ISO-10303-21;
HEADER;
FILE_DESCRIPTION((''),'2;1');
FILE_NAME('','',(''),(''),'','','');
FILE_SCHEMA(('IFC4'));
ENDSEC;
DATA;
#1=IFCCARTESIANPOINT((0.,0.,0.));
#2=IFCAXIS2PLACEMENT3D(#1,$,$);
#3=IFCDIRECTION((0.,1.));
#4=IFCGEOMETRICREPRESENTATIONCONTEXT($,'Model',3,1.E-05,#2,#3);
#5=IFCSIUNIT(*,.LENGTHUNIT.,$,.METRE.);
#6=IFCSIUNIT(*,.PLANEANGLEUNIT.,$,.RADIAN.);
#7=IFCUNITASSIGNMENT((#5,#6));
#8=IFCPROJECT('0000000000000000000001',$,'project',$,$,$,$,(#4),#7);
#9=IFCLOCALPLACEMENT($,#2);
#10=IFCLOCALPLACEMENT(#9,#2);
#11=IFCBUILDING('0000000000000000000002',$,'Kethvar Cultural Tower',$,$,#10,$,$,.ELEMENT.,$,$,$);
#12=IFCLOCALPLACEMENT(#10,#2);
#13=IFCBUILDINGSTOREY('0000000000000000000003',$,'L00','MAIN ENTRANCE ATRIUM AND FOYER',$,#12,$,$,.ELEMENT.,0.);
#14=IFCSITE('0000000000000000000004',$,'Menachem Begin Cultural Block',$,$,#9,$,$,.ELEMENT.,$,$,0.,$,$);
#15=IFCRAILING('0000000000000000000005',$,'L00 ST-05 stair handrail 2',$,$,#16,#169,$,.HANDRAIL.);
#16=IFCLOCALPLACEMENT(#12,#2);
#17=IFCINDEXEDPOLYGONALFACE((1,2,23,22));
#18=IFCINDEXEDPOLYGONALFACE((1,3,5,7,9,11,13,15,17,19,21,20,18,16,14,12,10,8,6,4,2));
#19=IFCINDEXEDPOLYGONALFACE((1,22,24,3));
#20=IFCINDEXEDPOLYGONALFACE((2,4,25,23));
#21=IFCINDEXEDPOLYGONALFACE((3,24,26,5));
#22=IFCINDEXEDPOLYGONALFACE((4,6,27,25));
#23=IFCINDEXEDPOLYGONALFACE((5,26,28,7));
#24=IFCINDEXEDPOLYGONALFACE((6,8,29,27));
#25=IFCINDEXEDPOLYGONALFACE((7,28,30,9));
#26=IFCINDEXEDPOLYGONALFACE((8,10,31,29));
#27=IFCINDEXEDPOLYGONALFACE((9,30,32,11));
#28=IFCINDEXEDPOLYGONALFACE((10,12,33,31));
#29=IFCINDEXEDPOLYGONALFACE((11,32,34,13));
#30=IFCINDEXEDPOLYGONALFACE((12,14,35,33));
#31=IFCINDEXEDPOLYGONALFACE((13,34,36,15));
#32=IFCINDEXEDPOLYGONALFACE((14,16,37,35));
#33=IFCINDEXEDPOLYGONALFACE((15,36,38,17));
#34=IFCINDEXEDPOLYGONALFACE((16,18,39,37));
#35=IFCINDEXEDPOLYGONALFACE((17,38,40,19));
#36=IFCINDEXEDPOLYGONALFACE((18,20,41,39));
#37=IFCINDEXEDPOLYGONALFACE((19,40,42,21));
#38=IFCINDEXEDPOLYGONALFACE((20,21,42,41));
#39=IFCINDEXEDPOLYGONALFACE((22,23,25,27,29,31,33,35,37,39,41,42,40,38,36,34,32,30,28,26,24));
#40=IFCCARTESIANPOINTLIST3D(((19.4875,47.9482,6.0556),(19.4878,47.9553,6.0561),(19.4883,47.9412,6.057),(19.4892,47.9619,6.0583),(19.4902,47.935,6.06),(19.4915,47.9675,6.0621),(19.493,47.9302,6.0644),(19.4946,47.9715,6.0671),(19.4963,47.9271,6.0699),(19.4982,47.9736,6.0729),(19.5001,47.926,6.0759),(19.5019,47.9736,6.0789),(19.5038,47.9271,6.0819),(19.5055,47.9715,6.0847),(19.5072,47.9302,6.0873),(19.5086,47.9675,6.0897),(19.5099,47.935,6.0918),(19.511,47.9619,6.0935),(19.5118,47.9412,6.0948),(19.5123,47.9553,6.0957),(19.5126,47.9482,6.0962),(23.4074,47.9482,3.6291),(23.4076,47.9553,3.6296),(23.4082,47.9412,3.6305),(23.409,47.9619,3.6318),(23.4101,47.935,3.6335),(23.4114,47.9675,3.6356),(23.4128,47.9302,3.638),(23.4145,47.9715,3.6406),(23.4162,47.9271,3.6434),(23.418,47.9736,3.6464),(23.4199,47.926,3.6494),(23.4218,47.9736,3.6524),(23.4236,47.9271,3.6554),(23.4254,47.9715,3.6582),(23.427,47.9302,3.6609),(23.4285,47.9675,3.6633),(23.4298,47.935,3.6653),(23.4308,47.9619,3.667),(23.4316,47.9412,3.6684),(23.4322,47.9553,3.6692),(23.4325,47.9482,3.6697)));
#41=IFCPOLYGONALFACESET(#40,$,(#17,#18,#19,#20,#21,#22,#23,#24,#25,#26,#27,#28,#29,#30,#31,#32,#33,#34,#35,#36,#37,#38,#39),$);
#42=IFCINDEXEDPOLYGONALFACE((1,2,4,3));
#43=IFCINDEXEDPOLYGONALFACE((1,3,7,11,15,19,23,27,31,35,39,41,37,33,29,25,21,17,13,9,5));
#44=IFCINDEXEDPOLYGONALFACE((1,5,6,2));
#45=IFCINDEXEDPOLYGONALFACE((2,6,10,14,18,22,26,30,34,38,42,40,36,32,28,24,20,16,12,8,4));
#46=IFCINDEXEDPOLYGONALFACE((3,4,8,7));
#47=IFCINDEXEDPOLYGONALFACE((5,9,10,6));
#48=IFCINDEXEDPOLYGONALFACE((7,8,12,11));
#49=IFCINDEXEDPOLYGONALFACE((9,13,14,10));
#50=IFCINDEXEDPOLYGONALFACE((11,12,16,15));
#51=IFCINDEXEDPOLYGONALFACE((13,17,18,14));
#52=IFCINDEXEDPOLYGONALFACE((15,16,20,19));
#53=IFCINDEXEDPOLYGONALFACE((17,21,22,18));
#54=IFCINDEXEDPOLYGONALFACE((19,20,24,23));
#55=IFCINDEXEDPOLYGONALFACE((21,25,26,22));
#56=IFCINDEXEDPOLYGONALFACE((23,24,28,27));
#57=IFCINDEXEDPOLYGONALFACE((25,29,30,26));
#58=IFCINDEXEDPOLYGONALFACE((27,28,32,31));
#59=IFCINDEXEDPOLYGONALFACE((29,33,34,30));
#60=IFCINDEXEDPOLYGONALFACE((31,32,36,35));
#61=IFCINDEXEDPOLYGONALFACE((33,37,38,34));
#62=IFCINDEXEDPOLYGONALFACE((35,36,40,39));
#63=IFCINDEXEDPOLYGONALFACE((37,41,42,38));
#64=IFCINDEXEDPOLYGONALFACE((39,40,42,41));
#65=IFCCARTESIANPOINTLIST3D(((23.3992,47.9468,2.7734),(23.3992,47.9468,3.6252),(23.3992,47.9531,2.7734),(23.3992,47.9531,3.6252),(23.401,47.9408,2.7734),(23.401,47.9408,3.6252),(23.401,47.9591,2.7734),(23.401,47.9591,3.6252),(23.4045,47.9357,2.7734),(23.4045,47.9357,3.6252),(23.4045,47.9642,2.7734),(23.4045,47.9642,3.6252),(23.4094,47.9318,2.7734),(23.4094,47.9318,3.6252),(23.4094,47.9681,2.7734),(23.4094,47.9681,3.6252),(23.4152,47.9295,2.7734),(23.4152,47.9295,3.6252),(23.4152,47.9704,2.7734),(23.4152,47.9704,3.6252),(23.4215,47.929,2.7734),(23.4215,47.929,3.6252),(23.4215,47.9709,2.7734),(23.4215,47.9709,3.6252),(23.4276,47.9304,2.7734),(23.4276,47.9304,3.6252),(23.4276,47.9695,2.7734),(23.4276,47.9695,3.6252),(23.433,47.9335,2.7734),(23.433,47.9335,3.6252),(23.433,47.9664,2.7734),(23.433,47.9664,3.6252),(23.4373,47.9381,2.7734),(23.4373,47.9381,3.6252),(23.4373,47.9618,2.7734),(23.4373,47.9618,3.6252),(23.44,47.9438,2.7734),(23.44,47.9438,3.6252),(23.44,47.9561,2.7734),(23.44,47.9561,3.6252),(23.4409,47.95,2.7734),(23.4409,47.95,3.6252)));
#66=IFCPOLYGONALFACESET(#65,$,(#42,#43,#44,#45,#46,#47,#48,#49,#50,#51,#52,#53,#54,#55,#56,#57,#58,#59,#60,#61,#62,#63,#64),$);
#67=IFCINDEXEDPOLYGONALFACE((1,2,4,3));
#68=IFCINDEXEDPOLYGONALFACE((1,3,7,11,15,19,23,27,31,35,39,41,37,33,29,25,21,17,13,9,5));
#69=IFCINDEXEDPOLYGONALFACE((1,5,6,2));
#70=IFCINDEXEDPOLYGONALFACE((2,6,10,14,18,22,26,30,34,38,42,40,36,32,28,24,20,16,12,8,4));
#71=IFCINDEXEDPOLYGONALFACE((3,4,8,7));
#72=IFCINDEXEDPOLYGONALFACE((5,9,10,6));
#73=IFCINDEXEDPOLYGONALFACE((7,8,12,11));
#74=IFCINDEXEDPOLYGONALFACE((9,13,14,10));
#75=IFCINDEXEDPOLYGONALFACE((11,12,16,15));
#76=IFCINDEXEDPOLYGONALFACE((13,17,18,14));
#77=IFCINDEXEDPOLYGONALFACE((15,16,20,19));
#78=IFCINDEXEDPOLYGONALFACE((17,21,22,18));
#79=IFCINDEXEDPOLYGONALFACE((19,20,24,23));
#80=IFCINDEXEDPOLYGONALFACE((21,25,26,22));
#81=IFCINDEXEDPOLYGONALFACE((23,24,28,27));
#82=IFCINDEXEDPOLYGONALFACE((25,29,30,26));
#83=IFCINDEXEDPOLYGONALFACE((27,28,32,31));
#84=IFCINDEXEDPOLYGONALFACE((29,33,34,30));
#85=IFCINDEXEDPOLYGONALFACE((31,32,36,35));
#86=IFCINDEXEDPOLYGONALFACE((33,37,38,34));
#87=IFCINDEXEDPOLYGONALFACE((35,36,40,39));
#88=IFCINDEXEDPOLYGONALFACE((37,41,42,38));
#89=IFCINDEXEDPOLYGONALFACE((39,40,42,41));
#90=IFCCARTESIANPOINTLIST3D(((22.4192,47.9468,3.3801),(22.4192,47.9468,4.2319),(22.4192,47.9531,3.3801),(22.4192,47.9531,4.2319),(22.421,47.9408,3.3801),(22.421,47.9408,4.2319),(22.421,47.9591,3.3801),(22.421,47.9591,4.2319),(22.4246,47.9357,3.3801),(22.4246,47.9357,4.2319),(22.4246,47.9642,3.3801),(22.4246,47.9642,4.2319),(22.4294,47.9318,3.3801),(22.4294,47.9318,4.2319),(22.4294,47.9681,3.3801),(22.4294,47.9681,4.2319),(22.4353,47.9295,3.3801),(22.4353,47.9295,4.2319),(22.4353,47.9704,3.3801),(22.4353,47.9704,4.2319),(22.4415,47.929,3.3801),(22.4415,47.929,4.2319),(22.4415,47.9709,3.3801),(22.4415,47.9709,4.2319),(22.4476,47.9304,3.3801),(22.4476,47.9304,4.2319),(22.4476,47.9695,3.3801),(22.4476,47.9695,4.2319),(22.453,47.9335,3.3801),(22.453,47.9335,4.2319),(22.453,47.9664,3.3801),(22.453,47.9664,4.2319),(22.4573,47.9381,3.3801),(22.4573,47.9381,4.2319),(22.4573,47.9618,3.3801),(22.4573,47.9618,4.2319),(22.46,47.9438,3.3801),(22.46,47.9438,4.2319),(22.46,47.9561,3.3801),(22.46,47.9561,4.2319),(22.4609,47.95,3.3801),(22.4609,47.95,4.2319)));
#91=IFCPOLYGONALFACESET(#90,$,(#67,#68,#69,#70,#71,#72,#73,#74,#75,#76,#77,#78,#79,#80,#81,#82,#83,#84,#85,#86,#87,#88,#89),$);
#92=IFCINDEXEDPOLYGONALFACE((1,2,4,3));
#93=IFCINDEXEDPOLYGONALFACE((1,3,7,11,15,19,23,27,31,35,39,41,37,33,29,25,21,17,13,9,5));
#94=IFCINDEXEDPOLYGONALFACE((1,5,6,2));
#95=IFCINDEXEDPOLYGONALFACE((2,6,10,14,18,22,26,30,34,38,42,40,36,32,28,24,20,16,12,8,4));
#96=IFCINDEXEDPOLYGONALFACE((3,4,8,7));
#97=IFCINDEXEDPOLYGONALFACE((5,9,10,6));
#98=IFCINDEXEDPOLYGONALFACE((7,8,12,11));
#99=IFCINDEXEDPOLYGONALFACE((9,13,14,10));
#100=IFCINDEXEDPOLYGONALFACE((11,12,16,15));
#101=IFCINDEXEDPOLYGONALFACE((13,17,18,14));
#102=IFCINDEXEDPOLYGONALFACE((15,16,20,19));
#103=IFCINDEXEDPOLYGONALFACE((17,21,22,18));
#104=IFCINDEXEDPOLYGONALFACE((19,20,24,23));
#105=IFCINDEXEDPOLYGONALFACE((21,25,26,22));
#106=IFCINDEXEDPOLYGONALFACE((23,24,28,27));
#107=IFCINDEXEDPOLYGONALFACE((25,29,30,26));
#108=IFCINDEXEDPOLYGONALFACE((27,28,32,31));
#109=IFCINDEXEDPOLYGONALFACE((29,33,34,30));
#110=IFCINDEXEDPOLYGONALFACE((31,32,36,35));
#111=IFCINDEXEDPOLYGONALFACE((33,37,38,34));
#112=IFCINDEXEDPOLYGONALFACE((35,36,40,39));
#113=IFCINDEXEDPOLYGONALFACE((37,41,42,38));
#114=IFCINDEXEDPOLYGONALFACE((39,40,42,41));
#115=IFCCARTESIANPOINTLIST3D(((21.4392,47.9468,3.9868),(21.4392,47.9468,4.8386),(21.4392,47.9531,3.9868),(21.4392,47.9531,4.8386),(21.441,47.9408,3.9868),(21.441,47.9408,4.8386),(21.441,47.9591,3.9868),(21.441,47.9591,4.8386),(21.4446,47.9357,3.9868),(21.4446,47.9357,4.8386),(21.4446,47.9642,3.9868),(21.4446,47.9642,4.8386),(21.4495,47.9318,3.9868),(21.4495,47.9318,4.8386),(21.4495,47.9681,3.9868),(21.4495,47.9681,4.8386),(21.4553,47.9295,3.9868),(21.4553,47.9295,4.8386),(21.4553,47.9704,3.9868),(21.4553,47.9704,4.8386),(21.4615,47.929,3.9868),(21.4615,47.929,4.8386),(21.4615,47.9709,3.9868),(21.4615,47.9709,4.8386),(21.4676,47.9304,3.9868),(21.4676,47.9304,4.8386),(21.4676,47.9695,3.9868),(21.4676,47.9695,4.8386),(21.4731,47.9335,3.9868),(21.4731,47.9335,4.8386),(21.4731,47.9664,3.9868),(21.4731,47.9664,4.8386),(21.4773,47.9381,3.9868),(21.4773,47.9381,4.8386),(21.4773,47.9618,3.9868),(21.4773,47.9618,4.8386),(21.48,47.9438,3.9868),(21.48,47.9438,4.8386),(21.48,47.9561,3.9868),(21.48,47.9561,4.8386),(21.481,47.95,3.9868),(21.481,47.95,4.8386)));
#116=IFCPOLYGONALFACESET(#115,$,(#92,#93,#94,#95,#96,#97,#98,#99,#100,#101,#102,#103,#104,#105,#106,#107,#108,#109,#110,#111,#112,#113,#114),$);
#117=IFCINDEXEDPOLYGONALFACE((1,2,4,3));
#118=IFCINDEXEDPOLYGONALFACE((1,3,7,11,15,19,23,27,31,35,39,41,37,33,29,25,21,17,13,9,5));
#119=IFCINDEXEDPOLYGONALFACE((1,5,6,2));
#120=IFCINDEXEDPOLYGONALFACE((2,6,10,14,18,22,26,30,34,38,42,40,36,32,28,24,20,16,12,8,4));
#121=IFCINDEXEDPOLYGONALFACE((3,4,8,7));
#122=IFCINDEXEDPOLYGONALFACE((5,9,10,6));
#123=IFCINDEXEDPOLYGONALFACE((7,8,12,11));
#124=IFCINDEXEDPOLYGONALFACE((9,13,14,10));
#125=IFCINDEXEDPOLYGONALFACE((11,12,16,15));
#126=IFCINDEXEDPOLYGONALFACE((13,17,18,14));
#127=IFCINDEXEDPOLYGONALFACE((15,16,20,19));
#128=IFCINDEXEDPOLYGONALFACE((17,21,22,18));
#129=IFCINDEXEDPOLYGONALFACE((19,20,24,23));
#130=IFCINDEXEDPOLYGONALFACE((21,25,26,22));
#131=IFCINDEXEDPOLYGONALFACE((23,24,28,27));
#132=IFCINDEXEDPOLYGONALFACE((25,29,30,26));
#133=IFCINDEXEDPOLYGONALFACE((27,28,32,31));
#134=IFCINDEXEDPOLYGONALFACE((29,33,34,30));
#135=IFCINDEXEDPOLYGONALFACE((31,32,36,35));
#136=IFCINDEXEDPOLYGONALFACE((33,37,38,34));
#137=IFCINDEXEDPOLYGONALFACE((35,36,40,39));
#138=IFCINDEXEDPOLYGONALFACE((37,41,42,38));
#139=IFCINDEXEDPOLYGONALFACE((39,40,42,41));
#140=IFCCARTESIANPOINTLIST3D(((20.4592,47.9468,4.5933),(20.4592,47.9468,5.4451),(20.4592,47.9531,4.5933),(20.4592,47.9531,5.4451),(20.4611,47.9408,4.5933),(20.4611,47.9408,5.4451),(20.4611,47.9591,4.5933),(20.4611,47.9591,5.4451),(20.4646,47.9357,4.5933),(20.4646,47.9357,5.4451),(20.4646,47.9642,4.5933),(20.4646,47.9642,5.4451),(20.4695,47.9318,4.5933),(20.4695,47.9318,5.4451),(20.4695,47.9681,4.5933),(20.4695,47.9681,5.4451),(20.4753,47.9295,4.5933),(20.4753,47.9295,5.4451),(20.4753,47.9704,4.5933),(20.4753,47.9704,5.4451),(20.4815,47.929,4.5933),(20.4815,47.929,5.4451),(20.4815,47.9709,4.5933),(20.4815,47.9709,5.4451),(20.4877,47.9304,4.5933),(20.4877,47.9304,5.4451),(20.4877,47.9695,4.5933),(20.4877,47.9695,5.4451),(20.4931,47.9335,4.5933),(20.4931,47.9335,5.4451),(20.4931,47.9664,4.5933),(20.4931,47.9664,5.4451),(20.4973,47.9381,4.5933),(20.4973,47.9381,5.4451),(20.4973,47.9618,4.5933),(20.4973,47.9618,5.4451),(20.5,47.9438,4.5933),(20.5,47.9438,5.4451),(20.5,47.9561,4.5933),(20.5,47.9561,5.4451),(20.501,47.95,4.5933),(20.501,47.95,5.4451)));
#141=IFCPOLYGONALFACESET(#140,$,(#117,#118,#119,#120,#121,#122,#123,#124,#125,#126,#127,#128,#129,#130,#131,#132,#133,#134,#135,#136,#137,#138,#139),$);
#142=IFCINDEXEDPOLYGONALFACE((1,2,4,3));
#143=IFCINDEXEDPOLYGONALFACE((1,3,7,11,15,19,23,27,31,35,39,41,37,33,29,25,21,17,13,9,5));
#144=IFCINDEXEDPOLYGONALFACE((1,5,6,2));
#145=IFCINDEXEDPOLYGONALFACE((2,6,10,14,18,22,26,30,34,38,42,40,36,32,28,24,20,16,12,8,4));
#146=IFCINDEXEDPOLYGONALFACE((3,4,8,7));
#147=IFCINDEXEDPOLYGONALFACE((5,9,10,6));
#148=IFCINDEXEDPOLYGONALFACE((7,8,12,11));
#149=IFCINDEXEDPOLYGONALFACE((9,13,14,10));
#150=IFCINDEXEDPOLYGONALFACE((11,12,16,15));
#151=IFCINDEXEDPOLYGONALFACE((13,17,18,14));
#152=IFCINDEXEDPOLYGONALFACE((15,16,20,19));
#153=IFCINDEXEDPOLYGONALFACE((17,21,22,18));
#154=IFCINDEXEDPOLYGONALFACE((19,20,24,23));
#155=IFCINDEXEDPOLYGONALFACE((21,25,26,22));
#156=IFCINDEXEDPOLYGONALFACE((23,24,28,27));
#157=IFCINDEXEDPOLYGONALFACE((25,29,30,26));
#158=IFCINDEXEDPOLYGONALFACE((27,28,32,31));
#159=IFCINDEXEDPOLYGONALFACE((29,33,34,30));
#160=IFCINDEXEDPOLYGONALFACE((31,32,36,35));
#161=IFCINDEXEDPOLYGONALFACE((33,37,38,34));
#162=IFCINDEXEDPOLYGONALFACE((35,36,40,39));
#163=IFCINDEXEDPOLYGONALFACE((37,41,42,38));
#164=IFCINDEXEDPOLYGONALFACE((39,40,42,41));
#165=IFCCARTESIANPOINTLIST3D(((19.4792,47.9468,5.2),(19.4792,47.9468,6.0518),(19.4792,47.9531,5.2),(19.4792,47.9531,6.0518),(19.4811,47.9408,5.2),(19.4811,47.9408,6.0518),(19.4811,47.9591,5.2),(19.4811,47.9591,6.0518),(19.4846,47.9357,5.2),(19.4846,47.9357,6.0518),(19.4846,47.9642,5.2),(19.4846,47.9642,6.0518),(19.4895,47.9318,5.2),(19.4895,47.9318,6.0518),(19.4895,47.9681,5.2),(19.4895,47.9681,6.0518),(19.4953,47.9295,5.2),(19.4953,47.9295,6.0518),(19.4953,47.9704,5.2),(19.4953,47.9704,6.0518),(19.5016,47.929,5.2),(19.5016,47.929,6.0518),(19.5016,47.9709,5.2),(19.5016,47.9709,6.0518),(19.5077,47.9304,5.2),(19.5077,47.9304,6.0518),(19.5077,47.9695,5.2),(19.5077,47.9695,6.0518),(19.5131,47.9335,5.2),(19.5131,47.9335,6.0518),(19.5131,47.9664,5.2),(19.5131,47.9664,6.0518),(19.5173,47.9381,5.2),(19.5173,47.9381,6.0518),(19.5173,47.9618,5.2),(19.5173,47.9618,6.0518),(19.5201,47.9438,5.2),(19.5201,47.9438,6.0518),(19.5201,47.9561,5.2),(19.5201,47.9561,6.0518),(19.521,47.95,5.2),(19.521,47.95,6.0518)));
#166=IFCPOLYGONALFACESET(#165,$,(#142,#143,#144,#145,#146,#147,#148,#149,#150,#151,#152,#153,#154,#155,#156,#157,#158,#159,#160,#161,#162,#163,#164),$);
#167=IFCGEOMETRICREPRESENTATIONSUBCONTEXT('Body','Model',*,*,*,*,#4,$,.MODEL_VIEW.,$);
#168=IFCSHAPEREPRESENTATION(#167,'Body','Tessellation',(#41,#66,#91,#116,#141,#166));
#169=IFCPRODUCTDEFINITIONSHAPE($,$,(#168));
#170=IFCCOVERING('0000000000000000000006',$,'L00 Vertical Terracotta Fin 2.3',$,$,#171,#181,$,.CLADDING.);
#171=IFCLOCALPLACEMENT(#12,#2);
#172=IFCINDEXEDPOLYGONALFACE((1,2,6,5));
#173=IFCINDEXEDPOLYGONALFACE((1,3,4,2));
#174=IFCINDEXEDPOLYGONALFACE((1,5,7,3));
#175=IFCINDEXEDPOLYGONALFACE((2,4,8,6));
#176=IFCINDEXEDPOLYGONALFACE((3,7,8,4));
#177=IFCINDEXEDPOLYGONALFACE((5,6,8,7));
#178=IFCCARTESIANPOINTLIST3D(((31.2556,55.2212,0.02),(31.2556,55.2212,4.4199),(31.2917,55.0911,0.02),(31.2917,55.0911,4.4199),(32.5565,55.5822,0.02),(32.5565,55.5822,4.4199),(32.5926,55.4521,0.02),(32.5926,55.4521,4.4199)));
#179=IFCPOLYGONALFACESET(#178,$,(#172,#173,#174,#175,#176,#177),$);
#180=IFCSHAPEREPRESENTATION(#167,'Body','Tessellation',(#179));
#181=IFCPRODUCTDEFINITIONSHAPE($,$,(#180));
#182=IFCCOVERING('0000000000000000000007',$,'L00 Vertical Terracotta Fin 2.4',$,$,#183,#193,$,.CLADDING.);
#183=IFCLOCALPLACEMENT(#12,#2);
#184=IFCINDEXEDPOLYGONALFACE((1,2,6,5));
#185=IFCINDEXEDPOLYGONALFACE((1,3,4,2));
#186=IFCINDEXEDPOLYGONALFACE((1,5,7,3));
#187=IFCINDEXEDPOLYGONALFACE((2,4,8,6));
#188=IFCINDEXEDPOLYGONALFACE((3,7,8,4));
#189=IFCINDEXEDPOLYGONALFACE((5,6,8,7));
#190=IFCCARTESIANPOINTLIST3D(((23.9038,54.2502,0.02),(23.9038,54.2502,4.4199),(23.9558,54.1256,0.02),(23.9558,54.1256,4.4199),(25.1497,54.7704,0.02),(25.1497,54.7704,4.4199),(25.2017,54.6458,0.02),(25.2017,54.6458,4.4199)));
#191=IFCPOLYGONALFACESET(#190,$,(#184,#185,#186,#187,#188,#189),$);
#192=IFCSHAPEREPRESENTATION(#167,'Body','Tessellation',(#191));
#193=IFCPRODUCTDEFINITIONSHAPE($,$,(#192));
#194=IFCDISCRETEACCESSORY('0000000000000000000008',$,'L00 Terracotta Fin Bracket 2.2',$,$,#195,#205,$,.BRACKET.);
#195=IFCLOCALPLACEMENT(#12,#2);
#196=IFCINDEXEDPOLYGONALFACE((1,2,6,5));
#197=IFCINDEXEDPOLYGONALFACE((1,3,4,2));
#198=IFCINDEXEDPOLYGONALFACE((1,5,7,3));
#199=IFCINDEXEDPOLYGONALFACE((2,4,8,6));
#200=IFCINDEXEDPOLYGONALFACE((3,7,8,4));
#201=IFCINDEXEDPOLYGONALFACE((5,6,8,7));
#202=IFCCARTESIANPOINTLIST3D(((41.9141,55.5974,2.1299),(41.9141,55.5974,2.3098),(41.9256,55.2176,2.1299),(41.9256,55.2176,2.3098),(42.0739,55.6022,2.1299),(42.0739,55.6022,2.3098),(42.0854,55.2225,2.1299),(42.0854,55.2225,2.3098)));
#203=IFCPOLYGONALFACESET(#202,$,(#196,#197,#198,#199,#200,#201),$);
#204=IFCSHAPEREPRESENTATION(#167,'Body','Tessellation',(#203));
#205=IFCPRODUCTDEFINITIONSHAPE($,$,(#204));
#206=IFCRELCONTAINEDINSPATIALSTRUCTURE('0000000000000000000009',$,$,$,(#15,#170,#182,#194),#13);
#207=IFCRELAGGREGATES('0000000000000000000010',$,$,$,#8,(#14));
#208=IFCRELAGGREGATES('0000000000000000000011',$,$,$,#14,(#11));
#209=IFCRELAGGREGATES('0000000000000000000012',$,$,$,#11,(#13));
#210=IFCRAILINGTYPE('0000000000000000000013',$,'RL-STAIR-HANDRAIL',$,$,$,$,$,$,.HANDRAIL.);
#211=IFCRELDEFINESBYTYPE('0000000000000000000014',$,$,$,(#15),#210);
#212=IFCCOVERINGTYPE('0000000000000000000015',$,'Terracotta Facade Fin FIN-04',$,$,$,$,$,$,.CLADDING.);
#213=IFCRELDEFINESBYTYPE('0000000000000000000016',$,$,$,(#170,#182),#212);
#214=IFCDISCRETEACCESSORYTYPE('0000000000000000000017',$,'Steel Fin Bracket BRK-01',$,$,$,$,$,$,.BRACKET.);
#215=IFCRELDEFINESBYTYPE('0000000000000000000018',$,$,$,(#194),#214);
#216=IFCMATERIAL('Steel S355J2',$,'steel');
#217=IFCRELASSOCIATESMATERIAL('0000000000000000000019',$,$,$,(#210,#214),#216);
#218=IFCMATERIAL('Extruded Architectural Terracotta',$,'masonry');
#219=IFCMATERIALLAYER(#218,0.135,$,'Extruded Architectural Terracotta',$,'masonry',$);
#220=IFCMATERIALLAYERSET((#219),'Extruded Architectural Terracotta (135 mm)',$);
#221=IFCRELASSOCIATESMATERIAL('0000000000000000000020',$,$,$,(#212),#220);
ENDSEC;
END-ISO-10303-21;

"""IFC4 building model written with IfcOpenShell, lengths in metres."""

from ifc_helpers import new_model, si_unit, direction, frame, origin, origin_2d, place, context, subcontext, project, spatial, rectangle, circle, extrude, source, transform, mapped, material, layer, layer_set, type_object, element, save


model = new_model("IFC4")

# Units and contexts
model_context = context("Model", 3, precision=1e-05, world=origin(), true_north=direction((0.0, 1.0)))
body_context = subcontext(model_context, "Body", "Model", "MODEL_VIEW")
ifc_project = project(units=[si_unit("LENGTHUNIT", "METRE"), si_unit("PLANEANGLEUNIT", "RADIAN")], contexts=[model_context])

# Site, building, storey
site_placement = place(None, origin())
site = spatial("IfcSite", under=ifc_project, at=site_placement, Name="Menachem Begin Cultural Block", CompositionType="ELEMENT", RefElevation=0.0)
building_placement = place(site_placement, origin())
building = spatial("IfcBuilding", under=site, at=building_placement, Name="Kethvar Cultural Tower", CompositionType="ELEMENT")
storey_placement = place(building_placement, origin())
storey = spatial("IfcBuildingStorey", under=building, at=storey_placement, Name="L00", Description="MAIN ENTRANCE ATRIUM AND FOYER", CompositionType="ELEMENT", Elevation=0.0)

# Shared definitions
ifc_material_1 = material(Name="Steel S355J2", Category="steel")

# Railing
railing_type_1 = type_object("IfcRailingType", Name="RL-STAIR-HANDRAIL", PredefinedType="HANDRAIL", material=ifc_material_1)
railing_1_placement = place(storey_placement, frame((23.4199, 47.95, 2.7734)))
element("IfcRailing", 1, at=railing_1_placement, inside=storey, type_object=railing_type_1, Name="L00 ST-05 stair handrail 2", PredefinedType="HANDRAIL", context=body_context, shape_type="SweptSolid", body=[
    extrude(circle(Radius=0.0239, at=origin_2d()), frame((0.0, 0.0, 0.876), z_axis=(-0.850275, 0.0, 0.526338), x_axis=(0.0, -1.0, 0.0)), (0.0, 0.0, 1.0), 4.6101),
    extrude(circle(Radius=0.021, at=origin_2d()), origin(), (0.0, 0.0, 1.0), 0.8518),
    extrude(circle(Radius=0.021, at=origin_2d()), frame((-0.98, 0.0, 0.6067)), (0.0, 0.0, 1.0), 0.8518),
    extrude(circle(Radius=0.021, at=origin_2d()), frame((-1.96, 0.0, 1.2134)), (0.0, 0.0, 1.0), 0.8518),
    extrude(circle(Radius=0.021, at=origin_2d()), frame((-2.9399, 0.0, 1.8198)), (0.0, 0.0, 1.0), 0.8518),
    extrude(circle(Radius=0.021, at=origin_2d()), frame((-3.9199, 0.0, 2.4265)), (0.0, 0.0, 1.0), 0.8518),
])

# Coverings
ifc_material_2 = material(Name="Extruded Architectural Terracotta", Category="masonry")
ifc_layer_1 = layer(ifc_material_2, 0.135, Name="Extruded Architectural Terracotta", Category="masonry")
ifc_layer_set_1 = layer_set([ifc_layer_1], Name="Extruded Architectural Terracotta (135 mm)")
covering_type = type_object("IfcCoveringType", Name="Terracotta Facade Fin FIN-04", PredefinedType="CLADDING", material=ifc_layer_set_1)
shared_shape_1 = source(origin(), body_context, "Body", "SweptSolid", [
    extrude(rectangle(XDim=1.3501, YDim=0.135, at=origin_2d()), origin(), (0.0, 0.0, 1.0), 4.3999),
])
for number, where, z_axis, x_axis, name in (
    (2, (31.9241, 55.3367, 0.02), (0.0, 0.0, 1.0), (0.963584, 0.267407, 0.0), "L00 Vertical Terracotta Fin 2.3"),
    (3, (24.5527, 54.448, 0.02), (0.0, 0.0, 1.0), (0.922807, 0.385262, 0.0), "L00 Vertical Terracotta Fin 2.4"),
):
    element("IfcCovering", number, at=place(storey_placement, frame(where, z_axis=z_axis, x_axis=x_axis)), inside=storey, type_object=covering_type, Name=name, PredefinedType="CLADDING", context=body_context, shape_type="MappedRepresentation", body=[
        mapped(shared_shape_1, transform((0.0, 0.0, 0.0), scale=1.0)),
    ])

# Discrete accessory
discrete_accessory_type = type_object("IfcDiscreteAccessoryType", Name="Steel Fin Bracket BRK-01", PredefinedType="BRACKET", material=ifc_material_1)
shared_shape_2 = source(origin(), body_context, "Body", "SweptSolid", [
    extrude(rectangle(XDim=0.3799, YDim=0.1599, at=origin_2d()), origin(), (0.0, 0.0, 1.0), 0.1799),
])
for number, where, z_axis, x_axis, name in (
    (4, (41.9998, 55.4099, 2.1299), (0.0, 0.0, 1.0), (-0.03019, 0.999544, 0.0), "L00 Terracotta Fin Bracket 2.2"),
):
    element("IfcDiscreteAccessory", number, at=place(storey_placement, frame(where, z_axis=z_axis, x_axis=x_axis)), inside=storey, type_object=discrete_accessory_type, Name=name, PredefinedType="BRACKET", context=body_context, shape_type="MappedRepresentation", body=[
        mapped(shared_shape_2, transform((0.0, 0.0, 0.0), scale=1.0)),
    ])

save(model, "model.ifc")
